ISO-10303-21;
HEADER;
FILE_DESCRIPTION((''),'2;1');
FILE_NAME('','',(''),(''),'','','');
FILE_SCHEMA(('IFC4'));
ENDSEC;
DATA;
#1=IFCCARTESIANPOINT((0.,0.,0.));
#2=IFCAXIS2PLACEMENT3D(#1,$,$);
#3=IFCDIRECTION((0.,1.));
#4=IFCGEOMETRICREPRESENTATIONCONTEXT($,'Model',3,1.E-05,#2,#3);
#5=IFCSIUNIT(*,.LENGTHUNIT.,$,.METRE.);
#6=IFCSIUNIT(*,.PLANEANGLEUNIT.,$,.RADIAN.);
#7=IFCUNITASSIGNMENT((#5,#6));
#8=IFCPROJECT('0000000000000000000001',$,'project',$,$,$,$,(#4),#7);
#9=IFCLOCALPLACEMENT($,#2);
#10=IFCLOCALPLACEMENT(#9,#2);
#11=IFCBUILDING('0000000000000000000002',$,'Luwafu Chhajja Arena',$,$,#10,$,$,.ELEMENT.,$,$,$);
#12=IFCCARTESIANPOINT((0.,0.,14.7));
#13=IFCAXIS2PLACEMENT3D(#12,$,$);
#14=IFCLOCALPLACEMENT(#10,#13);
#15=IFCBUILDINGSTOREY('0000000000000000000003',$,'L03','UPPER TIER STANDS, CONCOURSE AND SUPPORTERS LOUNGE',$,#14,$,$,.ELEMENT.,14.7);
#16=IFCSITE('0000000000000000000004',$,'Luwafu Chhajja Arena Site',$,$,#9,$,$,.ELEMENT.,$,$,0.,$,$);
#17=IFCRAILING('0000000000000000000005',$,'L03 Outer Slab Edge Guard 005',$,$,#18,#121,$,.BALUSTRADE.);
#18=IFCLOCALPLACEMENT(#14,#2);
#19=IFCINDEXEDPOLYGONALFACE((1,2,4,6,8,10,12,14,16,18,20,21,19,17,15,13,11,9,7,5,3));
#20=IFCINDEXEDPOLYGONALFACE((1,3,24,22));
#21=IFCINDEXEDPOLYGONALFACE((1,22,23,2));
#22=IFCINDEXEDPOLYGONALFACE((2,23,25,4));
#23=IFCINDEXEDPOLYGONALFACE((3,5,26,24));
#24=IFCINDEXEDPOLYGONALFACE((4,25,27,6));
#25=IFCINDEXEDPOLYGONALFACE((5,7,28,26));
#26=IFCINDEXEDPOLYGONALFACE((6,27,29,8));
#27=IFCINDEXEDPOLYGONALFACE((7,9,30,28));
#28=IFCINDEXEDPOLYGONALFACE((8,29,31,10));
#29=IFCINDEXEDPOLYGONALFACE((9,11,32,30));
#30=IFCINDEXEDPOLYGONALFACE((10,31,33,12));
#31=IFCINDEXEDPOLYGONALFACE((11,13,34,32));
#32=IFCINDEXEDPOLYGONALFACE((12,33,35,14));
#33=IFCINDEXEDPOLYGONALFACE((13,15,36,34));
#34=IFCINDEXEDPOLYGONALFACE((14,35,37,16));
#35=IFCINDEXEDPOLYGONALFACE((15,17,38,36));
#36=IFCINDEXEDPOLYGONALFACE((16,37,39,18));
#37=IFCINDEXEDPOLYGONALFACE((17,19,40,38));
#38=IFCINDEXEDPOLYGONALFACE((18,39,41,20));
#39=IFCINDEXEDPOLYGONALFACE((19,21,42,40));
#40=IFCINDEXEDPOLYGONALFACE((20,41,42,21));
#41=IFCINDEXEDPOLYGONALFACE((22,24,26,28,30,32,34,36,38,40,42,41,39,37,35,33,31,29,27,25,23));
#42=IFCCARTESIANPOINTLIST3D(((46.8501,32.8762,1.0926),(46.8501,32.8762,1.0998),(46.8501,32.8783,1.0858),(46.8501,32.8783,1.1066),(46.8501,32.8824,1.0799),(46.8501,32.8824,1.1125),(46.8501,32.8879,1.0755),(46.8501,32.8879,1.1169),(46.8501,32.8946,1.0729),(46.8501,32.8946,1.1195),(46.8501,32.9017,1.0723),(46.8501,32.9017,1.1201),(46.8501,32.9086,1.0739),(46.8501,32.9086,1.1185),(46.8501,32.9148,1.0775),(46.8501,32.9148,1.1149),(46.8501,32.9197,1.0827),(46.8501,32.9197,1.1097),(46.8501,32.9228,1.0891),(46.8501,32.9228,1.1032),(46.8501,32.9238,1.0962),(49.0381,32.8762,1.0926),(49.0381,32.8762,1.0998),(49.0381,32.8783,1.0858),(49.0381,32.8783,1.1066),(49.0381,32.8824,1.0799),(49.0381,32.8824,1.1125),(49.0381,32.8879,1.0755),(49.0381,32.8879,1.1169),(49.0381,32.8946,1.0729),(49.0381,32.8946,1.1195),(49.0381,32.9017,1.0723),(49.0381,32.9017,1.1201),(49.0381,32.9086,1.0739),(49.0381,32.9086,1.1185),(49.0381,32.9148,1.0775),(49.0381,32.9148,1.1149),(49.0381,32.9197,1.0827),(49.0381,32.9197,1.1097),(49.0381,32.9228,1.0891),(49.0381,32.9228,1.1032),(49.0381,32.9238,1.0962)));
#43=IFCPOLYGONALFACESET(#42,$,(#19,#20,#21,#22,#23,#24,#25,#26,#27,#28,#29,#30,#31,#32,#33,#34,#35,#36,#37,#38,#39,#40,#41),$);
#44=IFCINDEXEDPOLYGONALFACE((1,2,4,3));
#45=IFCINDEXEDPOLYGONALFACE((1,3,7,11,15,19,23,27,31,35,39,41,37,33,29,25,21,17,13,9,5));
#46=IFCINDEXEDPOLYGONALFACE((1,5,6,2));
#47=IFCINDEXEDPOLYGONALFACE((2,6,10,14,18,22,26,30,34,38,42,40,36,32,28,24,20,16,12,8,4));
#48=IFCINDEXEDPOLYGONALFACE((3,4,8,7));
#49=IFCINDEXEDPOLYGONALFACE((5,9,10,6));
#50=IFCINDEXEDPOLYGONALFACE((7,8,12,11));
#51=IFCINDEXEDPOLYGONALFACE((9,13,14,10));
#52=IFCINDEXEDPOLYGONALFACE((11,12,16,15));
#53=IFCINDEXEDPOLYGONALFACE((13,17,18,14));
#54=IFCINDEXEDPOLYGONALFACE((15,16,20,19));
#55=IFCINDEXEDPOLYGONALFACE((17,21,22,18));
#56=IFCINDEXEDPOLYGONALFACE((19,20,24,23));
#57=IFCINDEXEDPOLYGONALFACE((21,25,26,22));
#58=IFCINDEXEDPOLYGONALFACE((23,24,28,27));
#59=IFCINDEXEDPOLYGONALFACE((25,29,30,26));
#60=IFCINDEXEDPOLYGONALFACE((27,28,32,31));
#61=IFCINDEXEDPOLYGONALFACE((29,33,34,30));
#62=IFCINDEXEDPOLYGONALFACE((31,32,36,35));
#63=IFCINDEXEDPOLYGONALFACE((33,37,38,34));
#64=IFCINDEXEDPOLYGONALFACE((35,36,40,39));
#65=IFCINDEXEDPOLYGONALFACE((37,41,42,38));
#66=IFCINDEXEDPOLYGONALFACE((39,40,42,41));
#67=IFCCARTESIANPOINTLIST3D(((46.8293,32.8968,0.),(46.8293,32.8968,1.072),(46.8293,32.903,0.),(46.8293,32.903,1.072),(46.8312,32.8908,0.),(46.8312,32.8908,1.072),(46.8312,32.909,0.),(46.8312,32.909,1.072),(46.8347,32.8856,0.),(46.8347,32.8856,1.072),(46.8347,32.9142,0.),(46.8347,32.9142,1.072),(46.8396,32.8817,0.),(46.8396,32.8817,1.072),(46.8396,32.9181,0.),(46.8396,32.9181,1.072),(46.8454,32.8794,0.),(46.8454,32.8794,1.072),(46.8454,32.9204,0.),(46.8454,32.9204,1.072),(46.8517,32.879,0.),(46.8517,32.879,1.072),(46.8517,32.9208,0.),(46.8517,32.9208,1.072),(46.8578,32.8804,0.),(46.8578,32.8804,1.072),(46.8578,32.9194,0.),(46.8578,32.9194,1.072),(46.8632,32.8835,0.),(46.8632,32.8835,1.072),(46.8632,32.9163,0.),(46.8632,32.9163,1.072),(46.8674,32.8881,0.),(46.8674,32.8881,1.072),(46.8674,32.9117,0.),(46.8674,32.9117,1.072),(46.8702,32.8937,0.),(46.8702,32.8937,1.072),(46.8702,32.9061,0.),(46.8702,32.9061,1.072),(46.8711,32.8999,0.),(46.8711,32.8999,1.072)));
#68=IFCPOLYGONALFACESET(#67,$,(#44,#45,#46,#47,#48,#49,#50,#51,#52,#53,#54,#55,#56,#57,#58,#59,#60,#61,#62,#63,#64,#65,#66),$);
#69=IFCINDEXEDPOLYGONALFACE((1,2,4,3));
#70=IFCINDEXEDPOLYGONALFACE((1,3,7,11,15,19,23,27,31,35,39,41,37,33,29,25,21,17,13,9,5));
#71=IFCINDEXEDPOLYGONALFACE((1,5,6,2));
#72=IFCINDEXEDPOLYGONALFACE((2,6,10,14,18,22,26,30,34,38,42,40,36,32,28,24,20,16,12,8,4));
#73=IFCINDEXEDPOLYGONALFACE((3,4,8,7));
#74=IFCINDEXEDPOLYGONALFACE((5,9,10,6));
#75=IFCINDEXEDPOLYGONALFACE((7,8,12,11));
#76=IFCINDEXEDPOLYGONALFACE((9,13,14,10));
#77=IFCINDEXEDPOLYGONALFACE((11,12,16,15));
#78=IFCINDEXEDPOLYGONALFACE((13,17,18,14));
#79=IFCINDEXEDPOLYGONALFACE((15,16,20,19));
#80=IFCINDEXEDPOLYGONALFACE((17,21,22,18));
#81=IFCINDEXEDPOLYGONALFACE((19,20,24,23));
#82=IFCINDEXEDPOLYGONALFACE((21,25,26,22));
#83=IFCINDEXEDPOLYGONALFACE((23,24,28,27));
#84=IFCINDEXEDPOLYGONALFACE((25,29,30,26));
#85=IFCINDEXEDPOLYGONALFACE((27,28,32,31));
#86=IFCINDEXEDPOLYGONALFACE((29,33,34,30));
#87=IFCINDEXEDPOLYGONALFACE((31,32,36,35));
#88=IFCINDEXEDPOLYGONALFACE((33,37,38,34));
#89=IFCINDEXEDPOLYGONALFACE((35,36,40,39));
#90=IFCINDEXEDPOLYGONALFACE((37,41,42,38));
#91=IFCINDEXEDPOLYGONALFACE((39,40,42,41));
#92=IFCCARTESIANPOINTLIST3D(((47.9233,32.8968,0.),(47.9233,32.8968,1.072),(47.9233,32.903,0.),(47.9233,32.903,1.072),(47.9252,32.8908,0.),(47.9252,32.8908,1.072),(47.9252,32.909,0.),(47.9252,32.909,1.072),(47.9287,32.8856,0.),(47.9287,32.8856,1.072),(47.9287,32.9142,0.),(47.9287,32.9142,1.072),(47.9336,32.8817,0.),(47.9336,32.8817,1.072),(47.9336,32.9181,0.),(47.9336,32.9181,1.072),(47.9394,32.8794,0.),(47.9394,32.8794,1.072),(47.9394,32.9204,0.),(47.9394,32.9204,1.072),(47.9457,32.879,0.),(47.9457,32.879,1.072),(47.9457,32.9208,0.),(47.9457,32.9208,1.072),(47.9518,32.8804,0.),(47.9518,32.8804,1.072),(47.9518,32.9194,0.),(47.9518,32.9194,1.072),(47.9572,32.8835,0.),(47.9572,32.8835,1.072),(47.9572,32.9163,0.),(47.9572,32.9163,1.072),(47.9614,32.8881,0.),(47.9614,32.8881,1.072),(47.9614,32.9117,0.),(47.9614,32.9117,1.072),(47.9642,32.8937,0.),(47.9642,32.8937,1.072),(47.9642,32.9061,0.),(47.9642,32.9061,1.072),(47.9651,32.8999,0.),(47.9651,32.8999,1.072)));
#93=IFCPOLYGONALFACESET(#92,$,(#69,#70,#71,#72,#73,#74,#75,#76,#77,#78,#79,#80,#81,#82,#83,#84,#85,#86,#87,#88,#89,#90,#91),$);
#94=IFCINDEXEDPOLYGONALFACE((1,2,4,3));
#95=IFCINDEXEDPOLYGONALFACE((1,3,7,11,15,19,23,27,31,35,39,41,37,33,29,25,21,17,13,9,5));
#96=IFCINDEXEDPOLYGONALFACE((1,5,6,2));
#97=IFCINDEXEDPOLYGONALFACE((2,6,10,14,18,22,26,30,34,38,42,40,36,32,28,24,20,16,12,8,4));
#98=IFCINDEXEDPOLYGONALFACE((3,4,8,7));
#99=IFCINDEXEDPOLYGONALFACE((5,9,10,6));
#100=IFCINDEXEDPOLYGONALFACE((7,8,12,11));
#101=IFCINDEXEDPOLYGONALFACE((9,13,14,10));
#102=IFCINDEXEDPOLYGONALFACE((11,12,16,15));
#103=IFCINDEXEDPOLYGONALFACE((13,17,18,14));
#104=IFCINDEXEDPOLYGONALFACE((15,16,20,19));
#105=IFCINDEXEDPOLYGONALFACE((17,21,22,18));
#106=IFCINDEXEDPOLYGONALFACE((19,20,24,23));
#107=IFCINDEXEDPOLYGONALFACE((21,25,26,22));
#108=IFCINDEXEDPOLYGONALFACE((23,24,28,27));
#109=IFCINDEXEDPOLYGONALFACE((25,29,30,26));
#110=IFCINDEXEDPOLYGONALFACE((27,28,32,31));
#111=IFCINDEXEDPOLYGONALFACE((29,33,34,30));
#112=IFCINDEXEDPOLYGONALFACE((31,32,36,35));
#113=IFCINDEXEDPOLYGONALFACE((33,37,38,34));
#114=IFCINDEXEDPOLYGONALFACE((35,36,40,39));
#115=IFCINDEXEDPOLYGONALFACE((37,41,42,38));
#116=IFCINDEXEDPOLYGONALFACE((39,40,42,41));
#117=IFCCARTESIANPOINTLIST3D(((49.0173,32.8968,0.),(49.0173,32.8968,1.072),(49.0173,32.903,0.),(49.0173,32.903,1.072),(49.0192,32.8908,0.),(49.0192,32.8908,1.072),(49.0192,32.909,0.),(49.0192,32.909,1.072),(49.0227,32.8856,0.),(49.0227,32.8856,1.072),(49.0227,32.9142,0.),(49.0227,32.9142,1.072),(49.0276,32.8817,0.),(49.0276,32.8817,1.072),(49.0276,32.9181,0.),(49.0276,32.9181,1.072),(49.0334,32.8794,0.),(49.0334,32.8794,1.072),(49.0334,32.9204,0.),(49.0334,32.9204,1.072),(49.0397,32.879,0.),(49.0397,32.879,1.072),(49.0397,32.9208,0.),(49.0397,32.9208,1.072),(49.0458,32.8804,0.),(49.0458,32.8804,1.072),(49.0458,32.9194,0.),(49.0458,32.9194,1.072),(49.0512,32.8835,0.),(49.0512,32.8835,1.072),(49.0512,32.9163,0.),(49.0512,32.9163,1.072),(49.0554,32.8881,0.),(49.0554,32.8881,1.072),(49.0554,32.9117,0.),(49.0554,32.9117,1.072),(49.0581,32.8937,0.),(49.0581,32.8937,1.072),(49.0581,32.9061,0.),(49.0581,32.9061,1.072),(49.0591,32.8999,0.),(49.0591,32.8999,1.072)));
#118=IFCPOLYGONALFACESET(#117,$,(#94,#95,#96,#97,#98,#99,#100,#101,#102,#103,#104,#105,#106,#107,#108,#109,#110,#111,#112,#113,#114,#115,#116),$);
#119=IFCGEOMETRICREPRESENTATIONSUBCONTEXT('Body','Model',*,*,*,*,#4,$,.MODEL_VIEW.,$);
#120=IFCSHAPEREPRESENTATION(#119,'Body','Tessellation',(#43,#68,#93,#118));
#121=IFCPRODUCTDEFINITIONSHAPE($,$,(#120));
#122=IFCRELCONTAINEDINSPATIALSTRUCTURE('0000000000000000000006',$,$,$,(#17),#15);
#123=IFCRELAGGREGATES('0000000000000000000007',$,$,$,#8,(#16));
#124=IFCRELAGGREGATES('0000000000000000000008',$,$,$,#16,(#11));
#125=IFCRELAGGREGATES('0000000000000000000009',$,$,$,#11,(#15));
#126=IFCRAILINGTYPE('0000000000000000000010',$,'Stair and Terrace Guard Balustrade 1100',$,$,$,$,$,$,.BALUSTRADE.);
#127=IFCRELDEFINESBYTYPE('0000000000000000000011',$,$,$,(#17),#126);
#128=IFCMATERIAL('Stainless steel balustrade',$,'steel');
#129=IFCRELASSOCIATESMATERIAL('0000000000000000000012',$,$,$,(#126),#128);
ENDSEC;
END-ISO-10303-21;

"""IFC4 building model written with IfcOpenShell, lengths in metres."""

from ifc_helpers import new_model, si_unit, direction, frame, origin, origin_2d, place, context, subcontext, project, spatial, circle, extrude, material, type_object, element, save


model = new_model("IFC4")

# Units and contexts
model_context = context("Model", 3, precision=1e-05, world=origin(), true_north=direction((0.0, 1.0)))
body_context = subcontext(model_context, "Body", "Model", "MODEL_VIEW")
ifc_project = project(units=[si_unit("LENGTHUNIT", "METRE"), si_unit("PLANEANGLEUNIT", "RADIAN")], contexts=[model_context])

# Site, building, storey
site_placement = place(None, origin())
site = spatial("IfcSite", under=ifc_project, at=site_placement, Name="Luwafu Chhajja Arena Site", CompositionType="ELEMENT", RefElevation=0.0)
building_placement = place(site_placement, origin())
building = spatial("IfcBuilding", under=site, at=building_placement, Name="Luwafu Chhajja Arena", CompositionType="ELEMENT")
storey_placement = place(building_placement, frame((0.0, 0.0, 14.7)))
storey = spatial("IfcBuildingStorey", under=building, at=storey_placement, Name="L03", Description="UPPER TIER STANDS, CONCOURSE AND SUPPORTERS LOUNGE", CompositionType="ELEMENT", Elevation=14.7)

# Shared definitions
ifc_material_1 = material(Name="Stainless steel balustrade", Category="steel")

# Railing
railing_type_1 = type_object("IfcRailingType", Name="Stair and Terrace Guard Balustrade 1100", PredefinedType="BALUSTRADE", material=ifc_material_1)
railing_1_placement = place(storey_placement, frame((46.8501, 32.8999, 0.0)))
element("IfcRailing", 1, at=railing_1_placement, inside=storey, type_object=railing_type_1, Name="L03 Outer Slab Edge Guard 005", PredefinedType="BALUSTRADE", context=body_context, shape_type="SweptSolid", body=[
    extrude(circle(Radius=0.0239, at=origin_2d()), frame((0.0, 0.0, 1.0962), z_axis=(1.0, 0.0, 0.0), x_axis=(0.0, 1.0, 0.0)), (0.0, 0.0, 1.0), 2.188),
    extrude(circle(Radius=0.021, at=origin_2d()), origin(), (0.0, 0.0, 1.0), 1.072),
    extrude(circle(Radius=0.021, at=origin_2d()), frame((1.094, 0.0, 0.0)), (0.0, 0.0, 1.0), 1.072),
    extrude(circle(Radius=0.021, at=origin_2d()), frame((2.188, 0.0, 0.0)), (0.0, 0.0, 1.0), 1.072),
])

save(model, "model.ifc")
